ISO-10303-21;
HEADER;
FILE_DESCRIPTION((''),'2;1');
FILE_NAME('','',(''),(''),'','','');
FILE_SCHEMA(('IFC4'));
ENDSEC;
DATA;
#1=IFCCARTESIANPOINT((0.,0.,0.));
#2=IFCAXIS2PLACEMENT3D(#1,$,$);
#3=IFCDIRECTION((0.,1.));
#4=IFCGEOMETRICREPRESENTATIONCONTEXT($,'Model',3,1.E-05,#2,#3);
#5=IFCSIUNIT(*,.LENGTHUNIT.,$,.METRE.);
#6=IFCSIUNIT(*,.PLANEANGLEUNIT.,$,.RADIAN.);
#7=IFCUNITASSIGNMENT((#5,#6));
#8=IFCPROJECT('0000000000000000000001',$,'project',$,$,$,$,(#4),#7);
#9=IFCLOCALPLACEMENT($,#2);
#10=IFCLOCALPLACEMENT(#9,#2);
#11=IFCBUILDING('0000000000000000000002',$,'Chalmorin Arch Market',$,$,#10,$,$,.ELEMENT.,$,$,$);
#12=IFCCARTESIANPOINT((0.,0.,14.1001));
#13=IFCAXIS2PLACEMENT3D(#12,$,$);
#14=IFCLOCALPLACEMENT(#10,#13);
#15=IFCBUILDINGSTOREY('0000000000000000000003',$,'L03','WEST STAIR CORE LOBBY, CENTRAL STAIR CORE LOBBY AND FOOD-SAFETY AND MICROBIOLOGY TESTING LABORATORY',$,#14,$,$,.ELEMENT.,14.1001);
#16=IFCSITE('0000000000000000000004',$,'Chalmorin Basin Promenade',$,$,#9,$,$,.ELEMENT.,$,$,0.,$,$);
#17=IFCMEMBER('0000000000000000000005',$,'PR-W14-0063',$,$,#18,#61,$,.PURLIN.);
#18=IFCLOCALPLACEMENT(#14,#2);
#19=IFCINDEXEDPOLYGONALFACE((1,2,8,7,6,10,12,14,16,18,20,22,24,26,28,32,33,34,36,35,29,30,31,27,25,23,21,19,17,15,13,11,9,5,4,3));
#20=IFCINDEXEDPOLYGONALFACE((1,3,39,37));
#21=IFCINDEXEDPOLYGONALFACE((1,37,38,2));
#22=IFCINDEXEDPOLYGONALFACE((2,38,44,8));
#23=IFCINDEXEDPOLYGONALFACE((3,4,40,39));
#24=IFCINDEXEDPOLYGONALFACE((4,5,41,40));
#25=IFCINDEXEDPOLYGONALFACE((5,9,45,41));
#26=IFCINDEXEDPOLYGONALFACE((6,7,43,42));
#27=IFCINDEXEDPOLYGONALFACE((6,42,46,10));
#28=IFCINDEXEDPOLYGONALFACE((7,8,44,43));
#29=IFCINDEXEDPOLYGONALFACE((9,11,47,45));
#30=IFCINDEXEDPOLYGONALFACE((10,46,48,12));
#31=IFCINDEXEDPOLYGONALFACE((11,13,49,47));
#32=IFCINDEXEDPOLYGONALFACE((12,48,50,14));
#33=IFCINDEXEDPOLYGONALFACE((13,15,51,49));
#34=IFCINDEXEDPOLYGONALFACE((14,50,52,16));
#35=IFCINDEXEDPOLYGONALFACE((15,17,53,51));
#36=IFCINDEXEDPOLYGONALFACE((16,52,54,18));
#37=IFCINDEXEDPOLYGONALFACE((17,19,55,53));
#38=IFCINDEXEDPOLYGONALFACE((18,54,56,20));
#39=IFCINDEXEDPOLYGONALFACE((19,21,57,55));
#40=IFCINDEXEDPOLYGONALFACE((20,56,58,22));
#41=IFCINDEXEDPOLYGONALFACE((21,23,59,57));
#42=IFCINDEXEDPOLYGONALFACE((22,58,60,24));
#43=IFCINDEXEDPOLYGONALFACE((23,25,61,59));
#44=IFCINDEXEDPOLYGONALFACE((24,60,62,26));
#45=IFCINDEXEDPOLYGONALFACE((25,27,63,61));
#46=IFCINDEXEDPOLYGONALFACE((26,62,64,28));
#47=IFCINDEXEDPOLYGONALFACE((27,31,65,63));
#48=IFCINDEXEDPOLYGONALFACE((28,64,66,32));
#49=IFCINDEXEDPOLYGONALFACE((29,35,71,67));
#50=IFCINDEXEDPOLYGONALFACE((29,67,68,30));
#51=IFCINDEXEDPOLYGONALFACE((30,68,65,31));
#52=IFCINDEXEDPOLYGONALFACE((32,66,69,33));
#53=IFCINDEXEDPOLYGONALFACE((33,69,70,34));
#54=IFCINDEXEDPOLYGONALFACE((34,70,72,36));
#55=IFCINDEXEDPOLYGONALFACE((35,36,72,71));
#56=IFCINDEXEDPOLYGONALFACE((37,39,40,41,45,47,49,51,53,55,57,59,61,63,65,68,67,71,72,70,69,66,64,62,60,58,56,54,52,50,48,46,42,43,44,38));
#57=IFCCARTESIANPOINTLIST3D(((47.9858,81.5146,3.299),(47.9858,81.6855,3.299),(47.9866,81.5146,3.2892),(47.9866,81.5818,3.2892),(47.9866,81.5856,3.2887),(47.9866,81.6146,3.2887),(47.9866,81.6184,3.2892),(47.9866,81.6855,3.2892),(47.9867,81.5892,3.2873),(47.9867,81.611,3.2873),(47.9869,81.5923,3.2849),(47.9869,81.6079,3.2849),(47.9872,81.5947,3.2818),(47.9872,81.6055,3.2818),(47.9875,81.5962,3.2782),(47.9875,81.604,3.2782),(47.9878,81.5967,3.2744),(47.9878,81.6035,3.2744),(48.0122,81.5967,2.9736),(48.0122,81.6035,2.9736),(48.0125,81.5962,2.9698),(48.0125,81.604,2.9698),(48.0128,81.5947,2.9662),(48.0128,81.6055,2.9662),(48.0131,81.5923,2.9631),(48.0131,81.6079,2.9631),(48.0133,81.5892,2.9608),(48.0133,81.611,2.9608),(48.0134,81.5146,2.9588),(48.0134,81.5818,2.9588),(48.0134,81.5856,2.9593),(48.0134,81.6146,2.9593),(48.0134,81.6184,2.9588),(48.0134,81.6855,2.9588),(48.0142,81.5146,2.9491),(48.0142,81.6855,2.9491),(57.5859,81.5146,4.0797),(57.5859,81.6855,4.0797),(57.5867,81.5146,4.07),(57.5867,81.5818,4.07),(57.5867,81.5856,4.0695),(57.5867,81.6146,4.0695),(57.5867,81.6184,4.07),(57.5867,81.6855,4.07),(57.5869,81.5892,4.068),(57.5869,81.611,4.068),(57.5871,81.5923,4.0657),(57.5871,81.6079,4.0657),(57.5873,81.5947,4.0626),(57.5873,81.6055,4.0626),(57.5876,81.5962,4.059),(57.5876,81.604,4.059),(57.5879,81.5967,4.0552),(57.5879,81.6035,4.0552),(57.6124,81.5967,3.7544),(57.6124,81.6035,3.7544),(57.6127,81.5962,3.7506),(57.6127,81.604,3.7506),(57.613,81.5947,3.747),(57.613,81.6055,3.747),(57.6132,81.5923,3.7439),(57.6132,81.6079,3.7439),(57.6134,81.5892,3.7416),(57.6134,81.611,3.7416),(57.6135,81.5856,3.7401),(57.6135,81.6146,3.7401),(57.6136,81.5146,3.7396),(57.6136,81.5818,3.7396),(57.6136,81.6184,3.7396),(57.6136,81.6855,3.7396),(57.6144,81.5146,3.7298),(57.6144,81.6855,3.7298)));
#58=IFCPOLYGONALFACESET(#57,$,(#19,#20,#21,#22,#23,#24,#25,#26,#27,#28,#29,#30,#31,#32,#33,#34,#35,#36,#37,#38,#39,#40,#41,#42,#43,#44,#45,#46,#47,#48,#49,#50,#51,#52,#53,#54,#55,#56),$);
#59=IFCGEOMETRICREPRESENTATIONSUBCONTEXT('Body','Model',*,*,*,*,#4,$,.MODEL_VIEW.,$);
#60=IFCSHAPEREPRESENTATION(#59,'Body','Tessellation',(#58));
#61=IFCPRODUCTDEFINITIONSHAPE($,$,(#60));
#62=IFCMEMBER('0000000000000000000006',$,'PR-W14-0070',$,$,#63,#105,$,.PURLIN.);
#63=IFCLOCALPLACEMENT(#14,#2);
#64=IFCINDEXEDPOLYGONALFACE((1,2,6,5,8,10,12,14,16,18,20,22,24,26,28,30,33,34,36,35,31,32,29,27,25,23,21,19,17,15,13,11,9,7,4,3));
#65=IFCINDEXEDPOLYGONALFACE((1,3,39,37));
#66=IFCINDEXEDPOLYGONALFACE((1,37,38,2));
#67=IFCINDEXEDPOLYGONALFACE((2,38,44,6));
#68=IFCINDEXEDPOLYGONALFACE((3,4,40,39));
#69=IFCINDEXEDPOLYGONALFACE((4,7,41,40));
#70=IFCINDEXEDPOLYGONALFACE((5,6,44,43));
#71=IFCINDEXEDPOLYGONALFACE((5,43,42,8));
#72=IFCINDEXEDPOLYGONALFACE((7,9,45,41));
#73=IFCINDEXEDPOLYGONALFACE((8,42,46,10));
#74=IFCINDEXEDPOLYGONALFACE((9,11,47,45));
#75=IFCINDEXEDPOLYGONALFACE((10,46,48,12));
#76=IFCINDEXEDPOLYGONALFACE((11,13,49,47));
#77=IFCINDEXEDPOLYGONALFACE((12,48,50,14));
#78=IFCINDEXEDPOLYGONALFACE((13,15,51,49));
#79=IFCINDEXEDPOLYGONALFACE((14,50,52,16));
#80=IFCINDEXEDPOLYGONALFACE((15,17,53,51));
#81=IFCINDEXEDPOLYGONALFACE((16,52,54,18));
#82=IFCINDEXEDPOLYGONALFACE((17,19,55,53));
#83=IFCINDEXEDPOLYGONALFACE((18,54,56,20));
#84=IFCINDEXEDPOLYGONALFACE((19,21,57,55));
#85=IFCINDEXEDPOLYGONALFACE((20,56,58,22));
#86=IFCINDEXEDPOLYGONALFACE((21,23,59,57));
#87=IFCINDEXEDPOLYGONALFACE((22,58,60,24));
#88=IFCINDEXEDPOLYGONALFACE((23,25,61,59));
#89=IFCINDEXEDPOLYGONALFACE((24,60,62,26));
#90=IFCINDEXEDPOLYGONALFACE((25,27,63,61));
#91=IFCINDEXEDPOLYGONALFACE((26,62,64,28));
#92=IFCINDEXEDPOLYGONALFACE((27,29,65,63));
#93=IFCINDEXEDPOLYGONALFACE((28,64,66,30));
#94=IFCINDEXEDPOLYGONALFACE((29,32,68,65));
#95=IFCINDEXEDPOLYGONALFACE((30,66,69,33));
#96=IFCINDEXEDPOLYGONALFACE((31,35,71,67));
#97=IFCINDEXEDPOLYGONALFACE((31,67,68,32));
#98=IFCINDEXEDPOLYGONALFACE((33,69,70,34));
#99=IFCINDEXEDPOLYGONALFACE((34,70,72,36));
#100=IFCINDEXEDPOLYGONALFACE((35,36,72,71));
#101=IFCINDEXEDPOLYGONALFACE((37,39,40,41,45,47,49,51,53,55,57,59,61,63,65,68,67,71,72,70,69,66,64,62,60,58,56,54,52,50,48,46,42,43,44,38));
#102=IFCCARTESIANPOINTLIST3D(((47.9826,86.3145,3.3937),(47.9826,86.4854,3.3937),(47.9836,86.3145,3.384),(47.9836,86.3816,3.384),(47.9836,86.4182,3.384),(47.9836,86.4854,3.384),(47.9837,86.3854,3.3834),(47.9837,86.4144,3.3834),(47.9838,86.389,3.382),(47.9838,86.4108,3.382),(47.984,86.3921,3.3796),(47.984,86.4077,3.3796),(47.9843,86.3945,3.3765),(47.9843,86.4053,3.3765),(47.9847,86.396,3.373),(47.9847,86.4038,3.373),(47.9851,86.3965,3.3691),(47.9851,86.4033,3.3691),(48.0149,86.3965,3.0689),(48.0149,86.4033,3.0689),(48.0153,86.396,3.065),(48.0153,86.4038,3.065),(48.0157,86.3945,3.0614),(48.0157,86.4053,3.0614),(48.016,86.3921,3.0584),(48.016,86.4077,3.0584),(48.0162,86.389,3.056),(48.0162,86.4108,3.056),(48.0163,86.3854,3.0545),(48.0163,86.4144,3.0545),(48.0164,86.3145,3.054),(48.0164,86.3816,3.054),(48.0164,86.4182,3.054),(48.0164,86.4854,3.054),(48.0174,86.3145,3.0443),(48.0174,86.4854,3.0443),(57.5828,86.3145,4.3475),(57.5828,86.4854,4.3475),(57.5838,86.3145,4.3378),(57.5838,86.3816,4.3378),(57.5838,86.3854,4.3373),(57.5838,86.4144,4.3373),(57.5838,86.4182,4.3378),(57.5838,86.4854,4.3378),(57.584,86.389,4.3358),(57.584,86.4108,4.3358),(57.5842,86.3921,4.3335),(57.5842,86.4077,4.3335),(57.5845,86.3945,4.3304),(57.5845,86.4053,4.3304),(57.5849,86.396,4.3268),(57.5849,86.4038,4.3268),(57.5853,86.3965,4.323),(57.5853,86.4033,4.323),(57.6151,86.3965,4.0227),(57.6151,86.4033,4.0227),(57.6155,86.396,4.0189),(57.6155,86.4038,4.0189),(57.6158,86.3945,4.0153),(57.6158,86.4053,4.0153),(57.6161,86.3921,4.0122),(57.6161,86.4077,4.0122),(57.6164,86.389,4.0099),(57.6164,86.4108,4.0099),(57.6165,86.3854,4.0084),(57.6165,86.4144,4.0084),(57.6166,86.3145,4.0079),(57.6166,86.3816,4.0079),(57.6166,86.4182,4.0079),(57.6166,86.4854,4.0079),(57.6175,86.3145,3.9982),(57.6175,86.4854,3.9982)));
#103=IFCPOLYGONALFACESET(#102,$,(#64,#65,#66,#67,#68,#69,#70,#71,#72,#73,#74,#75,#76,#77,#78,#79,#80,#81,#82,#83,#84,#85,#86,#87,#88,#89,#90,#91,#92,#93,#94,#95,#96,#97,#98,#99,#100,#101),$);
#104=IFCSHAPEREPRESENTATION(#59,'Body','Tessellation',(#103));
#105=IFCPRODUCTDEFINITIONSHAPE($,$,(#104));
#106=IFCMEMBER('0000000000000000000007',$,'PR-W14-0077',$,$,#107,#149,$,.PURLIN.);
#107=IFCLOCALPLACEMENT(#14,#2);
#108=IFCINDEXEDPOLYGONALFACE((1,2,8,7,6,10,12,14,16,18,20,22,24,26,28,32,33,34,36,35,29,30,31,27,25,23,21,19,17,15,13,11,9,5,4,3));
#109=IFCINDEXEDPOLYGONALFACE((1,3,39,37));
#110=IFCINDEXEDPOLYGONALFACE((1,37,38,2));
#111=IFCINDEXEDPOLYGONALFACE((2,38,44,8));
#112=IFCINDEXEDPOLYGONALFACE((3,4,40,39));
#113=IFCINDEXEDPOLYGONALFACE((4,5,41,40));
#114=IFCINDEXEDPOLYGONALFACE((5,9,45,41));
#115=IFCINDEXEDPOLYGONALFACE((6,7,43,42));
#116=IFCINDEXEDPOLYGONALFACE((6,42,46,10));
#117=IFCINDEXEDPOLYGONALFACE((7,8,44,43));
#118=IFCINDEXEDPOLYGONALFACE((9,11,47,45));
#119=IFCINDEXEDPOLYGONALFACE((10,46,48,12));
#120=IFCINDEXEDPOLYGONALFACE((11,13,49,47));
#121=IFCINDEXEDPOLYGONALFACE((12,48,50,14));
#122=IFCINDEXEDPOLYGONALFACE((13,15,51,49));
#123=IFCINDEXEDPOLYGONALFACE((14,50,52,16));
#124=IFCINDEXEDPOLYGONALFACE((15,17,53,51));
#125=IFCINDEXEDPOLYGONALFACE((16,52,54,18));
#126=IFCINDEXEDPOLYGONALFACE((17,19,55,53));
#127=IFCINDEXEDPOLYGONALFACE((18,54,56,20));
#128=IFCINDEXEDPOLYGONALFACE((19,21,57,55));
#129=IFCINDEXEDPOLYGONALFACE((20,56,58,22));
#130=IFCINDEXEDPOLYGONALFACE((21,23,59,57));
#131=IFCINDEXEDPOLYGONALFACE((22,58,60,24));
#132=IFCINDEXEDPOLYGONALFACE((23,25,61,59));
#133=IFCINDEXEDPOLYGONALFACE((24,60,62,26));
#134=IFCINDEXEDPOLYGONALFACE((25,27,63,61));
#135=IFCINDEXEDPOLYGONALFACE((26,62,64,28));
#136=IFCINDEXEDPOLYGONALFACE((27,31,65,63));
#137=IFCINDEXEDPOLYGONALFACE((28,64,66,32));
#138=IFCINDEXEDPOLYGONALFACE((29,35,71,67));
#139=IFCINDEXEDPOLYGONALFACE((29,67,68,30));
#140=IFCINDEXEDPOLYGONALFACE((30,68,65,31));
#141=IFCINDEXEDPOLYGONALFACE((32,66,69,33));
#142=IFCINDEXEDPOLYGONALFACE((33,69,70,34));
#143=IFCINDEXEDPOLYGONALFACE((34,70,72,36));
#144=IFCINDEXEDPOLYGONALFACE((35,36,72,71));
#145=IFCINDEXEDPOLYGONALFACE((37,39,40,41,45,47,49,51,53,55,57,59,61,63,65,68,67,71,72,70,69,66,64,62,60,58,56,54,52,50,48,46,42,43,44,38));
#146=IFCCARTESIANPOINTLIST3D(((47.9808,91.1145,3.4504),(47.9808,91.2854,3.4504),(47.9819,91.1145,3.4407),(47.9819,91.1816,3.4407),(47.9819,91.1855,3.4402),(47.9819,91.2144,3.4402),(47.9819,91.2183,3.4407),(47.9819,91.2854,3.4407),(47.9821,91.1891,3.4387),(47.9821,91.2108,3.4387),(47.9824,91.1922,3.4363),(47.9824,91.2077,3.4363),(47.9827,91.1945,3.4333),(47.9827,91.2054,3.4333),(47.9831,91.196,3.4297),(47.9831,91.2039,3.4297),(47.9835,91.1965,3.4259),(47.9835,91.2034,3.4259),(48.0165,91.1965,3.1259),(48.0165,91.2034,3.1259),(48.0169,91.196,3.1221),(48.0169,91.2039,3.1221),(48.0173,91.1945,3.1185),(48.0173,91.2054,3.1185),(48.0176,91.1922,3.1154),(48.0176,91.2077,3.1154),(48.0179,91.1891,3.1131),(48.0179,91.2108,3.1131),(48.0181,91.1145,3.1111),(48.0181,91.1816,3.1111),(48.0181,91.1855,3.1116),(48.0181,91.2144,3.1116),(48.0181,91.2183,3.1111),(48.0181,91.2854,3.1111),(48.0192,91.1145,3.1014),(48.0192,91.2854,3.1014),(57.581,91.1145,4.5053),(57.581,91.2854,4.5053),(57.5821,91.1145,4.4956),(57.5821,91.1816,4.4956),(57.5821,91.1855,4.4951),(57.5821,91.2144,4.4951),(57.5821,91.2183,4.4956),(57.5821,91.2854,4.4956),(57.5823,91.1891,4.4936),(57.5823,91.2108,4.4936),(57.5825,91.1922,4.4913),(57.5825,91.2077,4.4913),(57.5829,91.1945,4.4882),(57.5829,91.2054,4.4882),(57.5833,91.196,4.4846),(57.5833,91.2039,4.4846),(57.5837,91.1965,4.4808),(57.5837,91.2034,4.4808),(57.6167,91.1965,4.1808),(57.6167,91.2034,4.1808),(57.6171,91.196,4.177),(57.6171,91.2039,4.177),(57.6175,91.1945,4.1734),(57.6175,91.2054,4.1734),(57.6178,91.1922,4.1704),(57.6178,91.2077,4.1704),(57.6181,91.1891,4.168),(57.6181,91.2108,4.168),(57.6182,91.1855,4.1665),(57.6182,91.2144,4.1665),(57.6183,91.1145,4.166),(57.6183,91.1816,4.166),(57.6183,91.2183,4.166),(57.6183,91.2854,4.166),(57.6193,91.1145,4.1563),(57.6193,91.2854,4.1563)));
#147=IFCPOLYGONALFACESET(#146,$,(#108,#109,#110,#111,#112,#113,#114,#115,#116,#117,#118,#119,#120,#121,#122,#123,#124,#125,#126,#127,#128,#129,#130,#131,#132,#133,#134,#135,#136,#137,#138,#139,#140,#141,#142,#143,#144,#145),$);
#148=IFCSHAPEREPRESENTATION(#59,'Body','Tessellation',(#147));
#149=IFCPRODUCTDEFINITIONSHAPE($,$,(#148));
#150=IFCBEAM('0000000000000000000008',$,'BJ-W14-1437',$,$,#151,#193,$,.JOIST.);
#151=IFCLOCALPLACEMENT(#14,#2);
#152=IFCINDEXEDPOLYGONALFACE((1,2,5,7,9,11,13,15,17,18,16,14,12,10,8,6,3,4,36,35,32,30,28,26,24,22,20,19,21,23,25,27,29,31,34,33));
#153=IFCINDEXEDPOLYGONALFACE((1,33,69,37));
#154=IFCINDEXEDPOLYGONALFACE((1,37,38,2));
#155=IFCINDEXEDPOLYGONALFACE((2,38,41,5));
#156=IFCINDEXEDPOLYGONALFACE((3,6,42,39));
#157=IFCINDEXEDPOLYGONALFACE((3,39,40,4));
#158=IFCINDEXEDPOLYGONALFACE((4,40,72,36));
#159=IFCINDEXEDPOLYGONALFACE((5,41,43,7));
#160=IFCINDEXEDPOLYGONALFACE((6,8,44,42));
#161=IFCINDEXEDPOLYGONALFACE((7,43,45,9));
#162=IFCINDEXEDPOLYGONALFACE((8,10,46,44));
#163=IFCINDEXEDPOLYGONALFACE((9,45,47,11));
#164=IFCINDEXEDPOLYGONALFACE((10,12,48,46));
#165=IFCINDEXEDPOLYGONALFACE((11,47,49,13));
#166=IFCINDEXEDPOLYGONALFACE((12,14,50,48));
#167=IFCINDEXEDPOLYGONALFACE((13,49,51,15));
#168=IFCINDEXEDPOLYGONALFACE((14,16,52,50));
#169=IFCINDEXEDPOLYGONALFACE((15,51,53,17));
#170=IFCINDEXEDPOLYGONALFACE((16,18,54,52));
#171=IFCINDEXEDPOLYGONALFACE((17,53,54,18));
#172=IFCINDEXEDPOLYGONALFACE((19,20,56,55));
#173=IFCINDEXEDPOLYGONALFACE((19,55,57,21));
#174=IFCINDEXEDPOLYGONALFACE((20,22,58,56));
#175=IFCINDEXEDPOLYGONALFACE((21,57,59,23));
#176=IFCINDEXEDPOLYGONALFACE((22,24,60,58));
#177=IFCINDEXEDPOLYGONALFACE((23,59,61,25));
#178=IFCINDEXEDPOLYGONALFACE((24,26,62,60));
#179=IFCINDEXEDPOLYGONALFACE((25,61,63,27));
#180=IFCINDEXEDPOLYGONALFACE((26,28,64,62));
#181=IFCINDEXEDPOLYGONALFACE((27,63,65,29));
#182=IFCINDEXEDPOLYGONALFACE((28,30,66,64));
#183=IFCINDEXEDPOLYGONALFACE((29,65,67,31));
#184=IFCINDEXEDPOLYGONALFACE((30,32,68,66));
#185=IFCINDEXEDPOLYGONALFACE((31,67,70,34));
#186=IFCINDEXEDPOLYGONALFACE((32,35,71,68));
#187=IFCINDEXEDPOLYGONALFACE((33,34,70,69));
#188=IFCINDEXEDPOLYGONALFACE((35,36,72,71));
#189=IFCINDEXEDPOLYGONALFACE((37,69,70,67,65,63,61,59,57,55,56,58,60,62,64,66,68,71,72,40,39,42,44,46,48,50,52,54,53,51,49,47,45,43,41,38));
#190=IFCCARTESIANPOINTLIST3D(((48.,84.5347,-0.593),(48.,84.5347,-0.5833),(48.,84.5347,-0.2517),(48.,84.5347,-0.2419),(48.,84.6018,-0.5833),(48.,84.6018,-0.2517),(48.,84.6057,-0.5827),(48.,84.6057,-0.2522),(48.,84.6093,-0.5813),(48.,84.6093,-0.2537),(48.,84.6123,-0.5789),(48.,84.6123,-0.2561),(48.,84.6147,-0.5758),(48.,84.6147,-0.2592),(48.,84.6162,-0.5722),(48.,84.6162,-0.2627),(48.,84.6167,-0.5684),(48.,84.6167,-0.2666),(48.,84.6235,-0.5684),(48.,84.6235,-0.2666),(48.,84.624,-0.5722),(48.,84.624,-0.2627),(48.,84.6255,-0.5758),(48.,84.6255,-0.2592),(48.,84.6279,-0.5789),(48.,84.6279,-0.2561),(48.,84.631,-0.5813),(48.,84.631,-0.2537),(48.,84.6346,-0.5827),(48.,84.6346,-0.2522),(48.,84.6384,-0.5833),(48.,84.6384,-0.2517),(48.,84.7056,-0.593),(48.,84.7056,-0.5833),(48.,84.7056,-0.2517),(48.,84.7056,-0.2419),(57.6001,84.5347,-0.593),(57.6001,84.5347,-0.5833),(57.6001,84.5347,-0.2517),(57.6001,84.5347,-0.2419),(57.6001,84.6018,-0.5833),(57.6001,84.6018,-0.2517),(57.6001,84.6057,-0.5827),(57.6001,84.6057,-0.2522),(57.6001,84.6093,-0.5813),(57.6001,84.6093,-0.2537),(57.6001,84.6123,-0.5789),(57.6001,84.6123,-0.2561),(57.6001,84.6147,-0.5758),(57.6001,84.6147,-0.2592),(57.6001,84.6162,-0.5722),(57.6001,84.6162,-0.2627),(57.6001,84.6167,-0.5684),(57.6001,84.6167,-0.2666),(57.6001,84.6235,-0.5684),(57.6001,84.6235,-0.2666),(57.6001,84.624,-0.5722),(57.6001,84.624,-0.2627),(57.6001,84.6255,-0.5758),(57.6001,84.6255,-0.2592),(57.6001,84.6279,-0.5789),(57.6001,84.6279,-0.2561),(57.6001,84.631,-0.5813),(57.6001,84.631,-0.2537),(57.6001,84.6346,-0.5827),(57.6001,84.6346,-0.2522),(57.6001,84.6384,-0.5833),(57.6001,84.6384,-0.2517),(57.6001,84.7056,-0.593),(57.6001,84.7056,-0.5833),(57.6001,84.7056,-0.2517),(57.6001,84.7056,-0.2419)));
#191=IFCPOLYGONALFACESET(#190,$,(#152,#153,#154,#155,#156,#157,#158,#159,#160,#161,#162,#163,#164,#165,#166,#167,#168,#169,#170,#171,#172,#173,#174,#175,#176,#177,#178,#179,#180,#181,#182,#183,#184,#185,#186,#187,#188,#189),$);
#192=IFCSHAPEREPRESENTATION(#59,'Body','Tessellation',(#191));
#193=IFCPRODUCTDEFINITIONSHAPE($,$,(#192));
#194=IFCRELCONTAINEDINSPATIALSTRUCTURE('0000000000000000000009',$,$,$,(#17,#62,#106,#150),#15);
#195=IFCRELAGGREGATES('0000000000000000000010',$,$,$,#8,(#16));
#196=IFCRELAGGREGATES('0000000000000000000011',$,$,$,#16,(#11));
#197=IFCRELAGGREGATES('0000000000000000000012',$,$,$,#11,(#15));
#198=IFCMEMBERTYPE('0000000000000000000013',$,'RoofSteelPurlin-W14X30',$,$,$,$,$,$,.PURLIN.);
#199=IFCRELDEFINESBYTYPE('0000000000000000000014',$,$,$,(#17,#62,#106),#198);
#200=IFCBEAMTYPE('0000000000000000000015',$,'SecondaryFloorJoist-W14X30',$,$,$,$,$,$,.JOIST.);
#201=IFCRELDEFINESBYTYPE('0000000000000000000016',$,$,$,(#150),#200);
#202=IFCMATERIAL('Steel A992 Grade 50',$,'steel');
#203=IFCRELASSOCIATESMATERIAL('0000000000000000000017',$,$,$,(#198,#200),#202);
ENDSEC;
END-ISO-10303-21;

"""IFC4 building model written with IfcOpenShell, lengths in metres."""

from ifc_helpers import new_model, si_unit, direction, frame, origin, origin_2d, place, context, subcontext, project, spatial, i_section, extrude, material, material_profile, profile_set, type_object, element, save


model = new_model("IFC4")

# Units and contexts
model_context = context("Model", 3, precision=1e-05, world=origin(), true_north=direction((0.0, 1.0)))
body_context = subcontext(model_context, "Body", "Model", "MODEL_VIEW")
ifc_project = project(units=[si_unit("LENGTHUNIT", "METRE"), si_unit("PLANEANGLEUNIT", "RADIAN")], contexts=[model_context])

# Site, building, storey
site_placement = place(None, origin())
site = spatial("IfcSite", under=ifc_project, at=site_placement, Name="Chalmorin Basin Promenade", CompositionType="ELEMENT", RefElevation=0.0)
building_placement = place(site_placement, origin())
building = spatial("IfcBuilding", under=site, at=building_placement, Name="Chalmorin Arch Market", CompositionType="ELEMENT")
storey_placement = place(building_placement, frame((0.0, 0.0, 14.1001)))
storey = spatial("IfcBuildingStorey", under=building, at=storey_placement, Name="L03", Description="WEST STAIR CORE LOBBY, CENTRAL STAIR CORE LOBBY AND FOOD-SAFETY AND MICROBIOLOGY TESTING LABORATORY", CompositionType="ELEMENT", Elevation=14.1001)

# Shared definitions
ifc_material_1 = material(Name="Steel A992 Grade 50", Category="steel")

# Members
ifc_material_profile_1 = material_profile(ifc_material_1, i_section(OverallWidth=0.1709, OverallDepth=0.3511, WebThickness=0.0068, FlangeThickness=0.0098, FilletRadius=0.0149, at=origin_2d()), Name="W14X30")
ifc_profile_set_1 = profile_set([ifc_material_profile_1], Name="Steel A992 Grade 50")
member_type_1 = type_object("IfcMemberType", Name="RoofSteelPurlin-W14X30", PredefinedType="PURLIN", material=ifc_profile_set_1)
member_1_placement = place(storey_placement, frame((48.0, 81.6001, 3.124), z_axis=(0.996709, 0.0, 0.081061), x_axis=(0.0, 1.0, 0.0)))
element("IfcMember", 1, at=member_1_placement, inside=storey, type_object=member_type_1, Name="PR-W14-0063", PredefinedType="PURLIN", context=body_context, shape_type="SweptSolid", body=[
    extrude(i_section(OverallWidth=0.1709, OverallDepth=0.3511, WebThickness=0.0068, FlangeThickness=0.0098, FilletRadius=0.0149, at=origin_2d()), origin(), (0.0, 0.0, 1.0), 9.6318),
])
member_2_placement = place(storey_placement, frame((48.0, 86.3999, 3.219), z_axis=(0.9951, 0.0, 0.098872), x_axis=(0.0, 1.0, 0.0)))
element("IfcMember", 2, at=member_2_placement, inside=storey, type_object=member_type_1, Name="PR-W14-0070", PredefinedType="PURLIN", context=body_context, shape_type="SweptSolid", body=[
    extrude(i_section(OverallWidth=0.1709, OverallDepth=0.3511, WebThickness=0.0068, FlangeThickness=0.0098, FilletRadius=0.0149, at=origin_2d()), origin(), (0.0, 0.0, 1.0), 9.6475),
])
member_3_placement = place(storey_placement, frame((48.0, 91.2, 3.2759), z_axis=(0.994016, 0.0, 0.10923), x_axis=(0.0, 1.0, 0.0)))
element("IfcMember", 3, at=member_3_placement, inside=storey, type_object=member_type_1, Name="PR-W14-0077", PredefinedType="PURLIN", context=body_context, shape_type="SweptSolid", body=[
    extrude(i_section(OverallWidth=0.1709, OverallDepth=0.3511, WebThickness=0.0068, FlangeThickness=0.0098, FilletRadius=0.0149, at=origin_2d()), origin(), (0.0, 0.0, 1.0), 9.658),
])

# Beam
ifc_material_profile_2 = material_profile(ifc_material_1, i_section(OverallWidth=0.1709, OverallDepth=0.3511, WebThickness=0.0068, FlangeThickness=0.0098, FilletRadius=0.0149, at=origin_2d()), Name="W14X30")
ifc_profile_set_2 = profile_set([ifc_material_profile_2], Name="Steel A992 Grade 50")
beam_type_1 = type_object("IfcBeamType", Name="SecondaryFloorJoist-W14X30", PredefinedType="JOIST", material=ifc_profile_set_2)
for number, where, z_axis, x_axis, name in (
    (4, (48.0, 84.6201, -0.4175), (1.0, 0.0, 0.0), (0.0, 1.0, 0.0), "BJ-W14-1437"),
):
    element("IfcBeam", number, at=place(storey_placement, frame(where, z_axis=z_axis, x_axis=x_axis)), inside=storey, type_object=beam_type_1, Name=name, PredefinedType="JOIST", context=body_context, shape_type="SweptSolid", body=[
        extrude(i_section(OverallWidth=0.1709, OverallDepth=0.3511, WebThickness=0.0068, FlangeThickness=0.0098, FilletRadius=0.0149, at=origin_2d()), origin(), (0.0, 0.0, 1.0), 9.6001),
    ])

save(model, "model.ifc")
